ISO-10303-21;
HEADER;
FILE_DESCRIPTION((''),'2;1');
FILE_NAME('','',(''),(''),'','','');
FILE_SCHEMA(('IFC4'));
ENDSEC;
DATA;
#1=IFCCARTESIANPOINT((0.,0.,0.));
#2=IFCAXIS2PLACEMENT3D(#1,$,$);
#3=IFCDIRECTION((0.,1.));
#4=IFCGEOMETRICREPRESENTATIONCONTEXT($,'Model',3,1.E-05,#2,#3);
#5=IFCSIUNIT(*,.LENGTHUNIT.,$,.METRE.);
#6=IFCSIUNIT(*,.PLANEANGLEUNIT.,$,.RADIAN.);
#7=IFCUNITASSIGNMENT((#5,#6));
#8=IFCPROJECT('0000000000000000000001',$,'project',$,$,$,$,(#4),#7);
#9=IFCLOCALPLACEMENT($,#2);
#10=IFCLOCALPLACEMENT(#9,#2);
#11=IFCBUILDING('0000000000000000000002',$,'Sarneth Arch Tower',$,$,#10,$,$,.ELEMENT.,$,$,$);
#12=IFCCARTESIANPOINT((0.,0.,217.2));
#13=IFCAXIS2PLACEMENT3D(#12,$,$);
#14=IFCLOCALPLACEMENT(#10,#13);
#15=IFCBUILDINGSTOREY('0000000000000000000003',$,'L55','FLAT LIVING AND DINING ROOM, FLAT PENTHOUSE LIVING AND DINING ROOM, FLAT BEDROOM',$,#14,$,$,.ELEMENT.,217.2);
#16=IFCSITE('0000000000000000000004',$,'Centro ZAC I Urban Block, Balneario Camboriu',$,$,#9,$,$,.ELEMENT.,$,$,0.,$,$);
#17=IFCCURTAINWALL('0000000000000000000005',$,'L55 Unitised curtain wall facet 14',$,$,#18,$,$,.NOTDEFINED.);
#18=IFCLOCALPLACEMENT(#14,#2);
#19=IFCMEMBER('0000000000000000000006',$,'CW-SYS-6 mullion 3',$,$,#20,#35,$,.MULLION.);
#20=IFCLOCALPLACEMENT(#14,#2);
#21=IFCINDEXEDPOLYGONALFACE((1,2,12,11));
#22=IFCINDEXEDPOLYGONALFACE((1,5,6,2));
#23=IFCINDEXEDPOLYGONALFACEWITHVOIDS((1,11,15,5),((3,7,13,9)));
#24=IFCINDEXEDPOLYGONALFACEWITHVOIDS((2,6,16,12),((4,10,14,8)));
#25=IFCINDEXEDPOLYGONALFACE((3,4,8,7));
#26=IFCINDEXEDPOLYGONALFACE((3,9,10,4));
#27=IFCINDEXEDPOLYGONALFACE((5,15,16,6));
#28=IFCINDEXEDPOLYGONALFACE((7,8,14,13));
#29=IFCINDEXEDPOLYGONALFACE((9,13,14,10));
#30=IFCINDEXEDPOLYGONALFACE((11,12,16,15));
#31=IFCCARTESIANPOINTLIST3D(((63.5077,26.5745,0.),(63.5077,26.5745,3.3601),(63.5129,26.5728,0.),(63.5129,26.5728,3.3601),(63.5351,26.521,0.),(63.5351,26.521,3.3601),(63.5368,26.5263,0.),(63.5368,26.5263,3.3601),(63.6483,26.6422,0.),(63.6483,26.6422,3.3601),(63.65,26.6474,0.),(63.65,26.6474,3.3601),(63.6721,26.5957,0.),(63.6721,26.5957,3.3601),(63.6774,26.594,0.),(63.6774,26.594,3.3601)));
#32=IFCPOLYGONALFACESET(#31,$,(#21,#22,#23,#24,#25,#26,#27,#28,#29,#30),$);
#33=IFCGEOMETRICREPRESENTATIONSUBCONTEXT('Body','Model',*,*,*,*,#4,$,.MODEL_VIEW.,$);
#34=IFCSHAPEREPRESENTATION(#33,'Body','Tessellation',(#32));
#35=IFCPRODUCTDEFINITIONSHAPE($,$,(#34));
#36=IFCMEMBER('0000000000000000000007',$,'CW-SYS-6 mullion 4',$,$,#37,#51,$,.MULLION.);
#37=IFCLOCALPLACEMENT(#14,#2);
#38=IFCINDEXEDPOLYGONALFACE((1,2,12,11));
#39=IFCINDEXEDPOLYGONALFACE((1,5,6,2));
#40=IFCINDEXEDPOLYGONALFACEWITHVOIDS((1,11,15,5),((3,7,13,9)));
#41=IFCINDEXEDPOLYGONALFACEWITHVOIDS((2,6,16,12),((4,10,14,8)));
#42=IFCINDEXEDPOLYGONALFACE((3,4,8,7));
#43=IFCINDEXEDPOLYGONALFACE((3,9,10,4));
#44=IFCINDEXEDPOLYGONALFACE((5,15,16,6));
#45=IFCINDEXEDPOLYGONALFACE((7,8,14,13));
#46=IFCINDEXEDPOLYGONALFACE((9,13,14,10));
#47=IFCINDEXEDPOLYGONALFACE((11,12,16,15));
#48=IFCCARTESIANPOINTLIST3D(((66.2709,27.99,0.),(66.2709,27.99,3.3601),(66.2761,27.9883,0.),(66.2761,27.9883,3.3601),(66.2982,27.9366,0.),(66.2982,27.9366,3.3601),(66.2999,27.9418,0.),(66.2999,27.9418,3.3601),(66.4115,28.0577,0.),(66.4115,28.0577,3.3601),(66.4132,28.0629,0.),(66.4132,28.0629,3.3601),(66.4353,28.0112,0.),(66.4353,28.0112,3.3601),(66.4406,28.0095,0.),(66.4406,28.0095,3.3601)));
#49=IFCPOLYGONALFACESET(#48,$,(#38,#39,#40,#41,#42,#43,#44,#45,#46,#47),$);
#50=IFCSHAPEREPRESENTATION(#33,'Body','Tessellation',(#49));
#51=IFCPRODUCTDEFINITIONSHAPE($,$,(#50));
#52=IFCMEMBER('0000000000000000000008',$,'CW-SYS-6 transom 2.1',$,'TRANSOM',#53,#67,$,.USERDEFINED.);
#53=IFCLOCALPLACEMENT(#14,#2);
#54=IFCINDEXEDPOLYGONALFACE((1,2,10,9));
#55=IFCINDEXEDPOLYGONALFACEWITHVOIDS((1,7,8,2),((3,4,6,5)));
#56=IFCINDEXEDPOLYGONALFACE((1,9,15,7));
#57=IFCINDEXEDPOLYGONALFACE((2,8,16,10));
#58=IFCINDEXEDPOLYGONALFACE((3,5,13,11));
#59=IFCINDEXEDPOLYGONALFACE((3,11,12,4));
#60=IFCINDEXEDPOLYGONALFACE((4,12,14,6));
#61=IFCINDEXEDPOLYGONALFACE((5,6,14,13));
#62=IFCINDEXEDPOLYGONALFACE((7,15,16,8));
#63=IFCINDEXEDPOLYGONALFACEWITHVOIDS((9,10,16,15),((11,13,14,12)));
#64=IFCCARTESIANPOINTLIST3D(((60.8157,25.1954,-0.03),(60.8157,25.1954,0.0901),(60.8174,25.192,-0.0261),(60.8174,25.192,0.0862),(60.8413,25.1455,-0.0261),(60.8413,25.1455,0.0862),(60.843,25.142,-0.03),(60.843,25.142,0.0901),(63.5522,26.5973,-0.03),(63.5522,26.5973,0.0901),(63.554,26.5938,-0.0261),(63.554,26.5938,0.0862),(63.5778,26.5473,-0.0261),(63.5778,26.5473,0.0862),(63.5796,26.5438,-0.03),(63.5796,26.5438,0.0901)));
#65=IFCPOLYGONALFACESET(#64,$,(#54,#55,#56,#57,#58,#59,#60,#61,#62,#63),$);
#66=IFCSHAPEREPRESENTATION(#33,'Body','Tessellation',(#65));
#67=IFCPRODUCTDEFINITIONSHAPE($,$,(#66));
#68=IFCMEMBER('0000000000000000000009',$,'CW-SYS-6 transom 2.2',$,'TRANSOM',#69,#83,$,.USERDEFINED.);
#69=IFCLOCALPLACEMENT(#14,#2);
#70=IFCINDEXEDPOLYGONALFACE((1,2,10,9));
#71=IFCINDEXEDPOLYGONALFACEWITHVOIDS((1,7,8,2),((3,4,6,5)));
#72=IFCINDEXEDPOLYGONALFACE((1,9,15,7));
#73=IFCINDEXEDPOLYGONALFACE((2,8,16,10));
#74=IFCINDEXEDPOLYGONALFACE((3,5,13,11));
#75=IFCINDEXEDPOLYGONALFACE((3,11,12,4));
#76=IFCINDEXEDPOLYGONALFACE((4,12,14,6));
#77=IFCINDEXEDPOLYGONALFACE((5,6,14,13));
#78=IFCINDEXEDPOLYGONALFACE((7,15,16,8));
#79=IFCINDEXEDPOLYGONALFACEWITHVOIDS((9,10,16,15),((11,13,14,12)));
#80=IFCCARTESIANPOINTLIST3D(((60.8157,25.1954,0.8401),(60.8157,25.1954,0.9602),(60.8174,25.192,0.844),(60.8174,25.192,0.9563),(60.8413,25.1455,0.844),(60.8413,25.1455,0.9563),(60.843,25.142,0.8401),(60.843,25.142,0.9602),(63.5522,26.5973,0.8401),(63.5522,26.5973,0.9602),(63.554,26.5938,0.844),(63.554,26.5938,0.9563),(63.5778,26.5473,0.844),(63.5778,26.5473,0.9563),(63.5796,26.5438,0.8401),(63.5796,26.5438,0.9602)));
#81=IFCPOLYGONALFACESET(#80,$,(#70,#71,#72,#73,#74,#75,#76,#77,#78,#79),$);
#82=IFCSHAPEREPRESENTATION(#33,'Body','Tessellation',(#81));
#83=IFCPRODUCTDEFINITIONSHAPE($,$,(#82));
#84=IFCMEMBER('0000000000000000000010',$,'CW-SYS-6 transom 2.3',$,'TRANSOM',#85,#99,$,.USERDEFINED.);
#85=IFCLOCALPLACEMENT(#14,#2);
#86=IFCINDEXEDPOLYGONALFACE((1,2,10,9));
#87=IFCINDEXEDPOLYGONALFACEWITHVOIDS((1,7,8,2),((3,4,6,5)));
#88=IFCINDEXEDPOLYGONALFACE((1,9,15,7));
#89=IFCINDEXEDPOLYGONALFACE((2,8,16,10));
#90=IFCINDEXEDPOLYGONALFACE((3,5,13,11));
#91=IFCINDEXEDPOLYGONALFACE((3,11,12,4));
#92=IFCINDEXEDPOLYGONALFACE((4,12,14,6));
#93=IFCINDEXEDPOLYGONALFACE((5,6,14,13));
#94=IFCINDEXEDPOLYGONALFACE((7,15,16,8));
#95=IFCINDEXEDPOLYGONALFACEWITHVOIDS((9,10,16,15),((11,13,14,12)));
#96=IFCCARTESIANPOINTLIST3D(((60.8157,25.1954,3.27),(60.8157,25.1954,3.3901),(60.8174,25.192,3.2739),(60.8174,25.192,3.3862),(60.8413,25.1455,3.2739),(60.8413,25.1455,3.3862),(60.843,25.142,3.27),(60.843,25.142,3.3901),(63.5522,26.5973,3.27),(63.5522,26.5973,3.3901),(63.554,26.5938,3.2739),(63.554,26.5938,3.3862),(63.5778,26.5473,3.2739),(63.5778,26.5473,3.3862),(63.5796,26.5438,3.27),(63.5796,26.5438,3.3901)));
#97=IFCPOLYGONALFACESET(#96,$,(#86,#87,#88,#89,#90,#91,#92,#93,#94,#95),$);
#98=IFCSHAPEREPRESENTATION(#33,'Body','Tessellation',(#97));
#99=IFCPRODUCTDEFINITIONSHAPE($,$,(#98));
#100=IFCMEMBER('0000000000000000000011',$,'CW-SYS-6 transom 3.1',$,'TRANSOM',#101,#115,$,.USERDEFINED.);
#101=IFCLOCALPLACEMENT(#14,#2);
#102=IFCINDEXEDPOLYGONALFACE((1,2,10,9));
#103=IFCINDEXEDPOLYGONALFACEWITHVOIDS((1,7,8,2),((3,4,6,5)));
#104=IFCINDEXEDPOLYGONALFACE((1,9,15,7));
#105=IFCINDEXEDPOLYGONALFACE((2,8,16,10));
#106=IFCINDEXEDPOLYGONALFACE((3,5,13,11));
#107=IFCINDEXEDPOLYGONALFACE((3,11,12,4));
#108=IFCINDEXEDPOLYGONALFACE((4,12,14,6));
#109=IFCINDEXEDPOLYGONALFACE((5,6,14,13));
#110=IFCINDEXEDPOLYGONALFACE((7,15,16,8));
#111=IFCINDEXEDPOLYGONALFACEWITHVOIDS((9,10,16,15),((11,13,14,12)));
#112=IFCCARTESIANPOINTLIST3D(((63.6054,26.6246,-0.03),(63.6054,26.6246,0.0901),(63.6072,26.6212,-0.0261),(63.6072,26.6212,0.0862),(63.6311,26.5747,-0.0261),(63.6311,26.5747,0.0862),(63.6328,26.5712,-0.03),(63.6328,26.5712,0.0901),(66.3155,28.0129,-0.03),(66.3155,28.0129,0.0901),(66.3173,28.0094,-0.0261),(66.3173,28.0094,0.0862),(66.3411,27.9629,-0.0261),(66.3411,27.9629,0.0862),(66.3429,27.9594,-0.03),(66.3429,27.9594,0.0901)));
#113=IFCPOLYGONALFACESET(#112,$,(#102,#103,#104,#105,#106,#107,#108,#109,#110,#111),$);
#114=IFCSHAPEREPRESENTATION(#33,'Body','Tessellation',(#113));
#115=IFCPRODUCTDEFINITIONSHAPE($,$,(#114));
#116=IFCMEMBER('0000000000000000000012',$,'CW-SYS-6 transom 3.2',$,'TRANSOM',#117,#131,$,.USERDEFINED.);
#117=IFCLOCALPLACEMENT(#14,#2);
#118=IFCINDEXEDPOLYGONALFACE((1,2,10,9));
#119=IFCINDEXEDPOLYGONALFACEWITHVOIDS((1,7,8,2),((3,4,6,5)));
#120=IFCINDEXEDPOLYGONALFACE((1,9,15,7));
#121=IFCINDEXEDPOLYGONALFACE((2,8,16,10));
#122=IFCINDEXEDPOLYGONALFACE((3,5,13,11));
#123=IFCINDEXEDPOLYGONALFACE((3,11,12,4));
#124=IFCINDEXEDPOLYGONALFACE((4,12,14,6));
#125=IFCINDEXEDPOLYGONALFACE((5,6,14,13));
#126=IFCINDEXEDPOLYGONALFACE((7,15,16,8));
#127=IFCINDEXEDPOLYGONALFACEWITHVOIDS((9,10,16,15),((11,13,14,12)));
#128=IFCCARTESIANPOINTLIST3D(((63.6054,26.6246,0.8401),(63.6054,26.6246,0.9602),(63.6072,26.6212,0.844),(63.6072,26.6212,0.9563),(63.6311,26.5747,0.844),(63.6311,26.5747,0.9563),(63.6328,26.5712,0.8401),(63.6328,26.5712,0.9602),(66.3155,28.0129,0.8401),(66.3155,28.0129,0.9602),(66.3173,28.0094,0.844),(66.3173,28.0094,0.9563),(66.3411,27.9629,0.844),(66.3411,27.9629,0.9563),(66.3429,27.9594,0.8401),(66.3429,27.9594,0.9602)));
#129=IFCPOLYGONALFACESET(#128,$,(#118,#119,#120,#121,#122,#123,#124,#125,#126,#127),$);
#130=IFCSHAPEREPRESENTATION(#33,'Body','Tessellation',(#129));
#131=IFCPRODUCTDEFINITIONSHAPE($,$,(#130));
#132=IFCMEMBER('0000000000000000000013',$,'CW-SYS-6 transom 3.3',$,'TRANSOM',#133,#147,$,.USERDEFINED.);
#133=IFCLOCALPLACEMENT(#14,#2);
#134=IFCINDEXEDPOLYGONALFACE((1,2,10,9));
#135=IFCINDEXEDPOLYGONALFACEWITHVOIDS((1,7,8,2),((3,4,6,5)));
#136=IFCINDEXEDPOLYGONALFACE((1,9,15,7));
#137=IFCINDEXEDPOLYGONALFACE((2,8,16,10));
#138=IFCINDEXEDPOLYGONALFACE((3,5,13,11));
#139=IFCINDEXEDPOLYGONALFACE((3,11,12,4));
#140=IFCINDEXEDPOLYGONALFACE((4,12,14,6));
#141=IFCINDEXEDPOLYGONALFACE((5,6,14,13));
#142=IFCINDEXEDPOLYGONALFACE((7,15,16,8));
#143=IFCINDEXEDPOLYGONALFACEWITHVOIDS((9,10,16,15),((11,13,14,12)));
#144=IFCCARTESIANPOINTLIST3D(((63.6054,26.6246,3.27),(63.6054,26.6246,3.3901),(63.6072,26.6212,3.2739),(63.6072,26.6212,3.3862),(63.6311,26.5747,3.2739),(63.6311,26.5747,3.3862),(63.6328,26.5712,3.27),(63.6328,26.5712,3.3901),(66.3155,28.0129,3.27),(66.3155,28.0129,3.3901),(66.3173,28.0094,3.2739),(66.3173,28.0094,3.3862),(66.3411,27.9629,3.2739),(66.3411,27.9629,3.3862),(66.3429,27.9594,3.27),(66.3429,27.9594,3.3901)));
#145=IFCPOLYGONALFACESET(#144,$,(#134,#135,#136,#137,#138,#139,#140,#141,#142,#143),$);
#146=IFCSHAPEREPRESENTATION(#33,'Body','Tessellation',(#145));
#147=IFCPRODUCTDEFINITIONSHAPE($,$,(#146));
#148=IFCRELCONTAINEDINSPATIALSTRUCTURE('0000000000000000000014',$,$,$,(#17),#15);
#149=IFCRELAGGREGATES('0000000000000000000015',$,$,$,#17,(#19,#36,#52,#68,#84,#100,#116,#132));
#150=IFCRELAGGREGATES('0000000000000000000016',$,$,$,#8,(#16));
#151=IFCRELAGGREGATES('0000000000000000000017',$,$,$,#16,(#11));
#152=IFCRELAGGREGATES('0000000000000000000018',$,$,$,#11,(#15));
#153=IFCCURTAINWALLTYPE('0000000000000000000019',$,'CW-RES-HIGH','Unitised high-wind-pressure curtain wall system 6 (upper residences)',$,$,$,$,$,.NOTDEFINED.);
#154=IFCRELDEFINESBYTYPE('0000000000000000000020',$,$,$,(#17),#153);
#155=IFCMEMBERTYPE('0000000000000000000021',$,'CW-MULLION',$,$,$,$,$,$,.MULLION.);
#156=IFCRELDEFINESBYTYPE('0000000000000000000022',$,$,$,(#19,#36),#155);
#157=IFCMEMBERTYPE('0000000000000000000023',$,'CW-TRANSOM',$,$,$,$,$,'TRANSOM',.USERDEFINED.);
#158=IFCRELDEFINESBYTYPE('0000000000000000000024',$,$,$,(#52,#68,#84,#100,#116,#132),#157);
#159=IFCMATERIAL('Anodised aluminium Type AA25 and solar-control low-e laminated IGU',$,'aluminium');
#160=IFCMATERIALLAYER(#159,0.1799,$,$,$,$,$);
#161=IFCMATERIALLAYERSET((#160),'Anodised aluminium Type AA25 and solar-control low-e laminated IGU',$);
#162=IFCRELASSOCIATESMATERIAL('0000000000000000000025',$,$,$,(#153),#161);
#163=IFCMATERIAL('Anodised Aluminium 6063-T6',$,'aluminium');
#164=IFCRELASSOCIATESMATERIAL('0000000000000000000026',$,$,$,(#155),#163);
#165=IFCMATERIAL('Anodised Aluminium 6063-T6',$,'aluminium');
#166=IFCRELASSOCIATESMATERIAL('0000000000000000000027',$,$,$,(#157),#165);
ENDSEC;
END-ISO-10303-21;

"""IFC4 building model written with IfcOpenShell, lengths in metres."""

from ifc_helpers import new_model, si_unit, direction, frame, origin, origin_2d, place, context, subcontext, project, spatial, hollow_rectangle, extrude, material, layer, layer_set, material_profile, profile_set, type_object, element, aggregate, save


model = new_model("IFC4")

# Units and contexts
model_context = context("Model", 3, precision=1e-05, world=origin(), true_north=direction((0.0, 1.0)))
body_context = subcontext(model_context, "Body", "Model", "MODEL_VIEW")
ifc_project = project(units=[si_unit("LENGTHUNIT", "METRE"), si_unit("PLANEANGLEUNIT", "RADIAN")], contexts=[model_context])

# Site, building, storey
site_placement = place(None, origin())
site = spatial("IfcSite", under=ifc_project, at=site_placement, Name="Centro ZAC I Urban Block, Balneario Camboriu", CompositionType="ELEMENT", RefElevation=0.0)
building_placement = place(site_placement, origin())
building = spatial("IfcBuilding", under=site, at=building_placement, Name="Sarneth Arch Tower", CompositionType="ELEMENT")
storey_placement = place(building_placement, frame((0.0, 0.0, 217.2)))
storey = spatial("IfcBuildingStorey", under=building, at=storey_placement, Name="L55", Description="FLAT LIVING AND DINING ROOM, FLAT PENTHOUSE LIVING AND DINING ROOM, FLAT BEDROOM", CompositionType="ELEMENT", Elevation=217.2)

# Curtain wall, members
ifc_material_1 = material(Name="Anodised aluminium Type AA25 and solar-control low-e laminated IGU", Category="aluminium")
ifc_layer_1 = layer(ifc_material_1, 0.1799)
ifc_layer_set_1 = layer_set([ifc_layer_1], Name="Anodised aluminium Type AA25 and solar-control low-e laminated IGU")
curtain_wall_type = type_object("IfcCurtainWallType", Name="CW-RES-HIGH", Description="Unitised high-wind-pressure curtain wall system 6 (upper residences)", PredefinedType="NOTDEFINED", material=ifc_layer_set_1)
curtain_wall_placement = place(storey_placement, origin())
curtain_wall = element("IfcCurtainWall", 1, at=curtain_wall_placement, inside=storey, type_object=curtain_wall_type, Name="L55 Unitised curtain wall facet 14", PredefinedType="NOTDEFINED")
ifc_material_2 = material(Name="Anodised Aluminium 6063-T6", Category="aluminium")
ifc_material_profile_1 = material_profile(ifc_material_2, hollow_rectangle(XDim=0.0601, YDim=0.1599, WallThickness=0.0039, at=origin_2d()), Name="AL-MULL-160x60x4")
ifc_profile_set_1 = profile_set([ifc_material_profile_1], Name="Anodised Aluminium 6063-T6")
member_type_1 = type_object("IfcMemberType", Name="CW-MULLION", PredefinedType="MULLION", material=ifc_profile_set_1)
member_1_placement = place(storey_placement, frame((63.5925, 26.5842, 0.0), z_axis=(0.0, 0.0, 1.0), x_axis=(-0.455942, 0.89001, 0.0)))
member_1 = element("IfcMember", 2, at=member_1_placement, type_object=member_type_1, Name="CW-SYS-6 mullion 3", PredefinedType="MULLION", context=body_context, shape_type="SweptSolid", body=[
    extrude(hollow_rectangle(XDim=0.0601, YDim=0.1599, WallThickness=0.0039, at=origin_2d()), origin(), (0.0, 0.0, 1.0), 3.3601),
])
member_2_placement = place(storey_placement, frame((66.3557, 27.9998, 0.0), z_axis=(0.0, 0.0, 1.0), x_axis=(-0.455942, 0.89001, 0.0)))
member_2 = element("IfcMember", 3, at=member_2_placement, type_object=member_type_1, Name="CW-SYS-6 mullion 4", PredefinedType="MULLION", context=body_context, shape_type="SweptSolid", body=[
    extrude(hollow_rectangle(XDim=0.0601, YDim=0.1599, WallThickness=0.0039, at=origin_2d()), origin(), (0.0, 0.0, 1.0), 3.3601),
])
ifc_material_3 = material(Name="Anodised Aluminium 6063-T6", Category="aluminium")
ifc_material_profile_2 = material_profile(ifc_material_3, hollow_rectangle(XDim=0.0601, YDim=0.1201, WallThickness=0.0039, at=origin_2d()), Name="AL-TRAN-120x60x4")
ifc_profile_set_2 = profile_set([ifc_material_profile_2], Name="Anodised Aluminium 6063-T6")
member_type_2 = type_object("IfcMemberType", Name="CW-TRANSOM", ElementType="TRANSOM", PredefinedType="USERDEFINED", material=ifc_profile_set_2)
member_3_placement = place(storey_placement, frame((60.8293, 25.1687, 0.03), z_axis=(0.890017, 0.455926, 0.0), x_axis=(-0.455926, 0.890017, 0.0)))
member_3 = element("IfcMember", 4, at=member_3_placement, type_object=member_type_2, Name="CW-SYS-6 transom 2.1", ObjectType="TRANSOM", PredefinedType="USERDEFINED", context=body_context, shape_type="SweptSolid", body=[
    extrude(hollow_rectangle(XDim=0.0601, YDim=0.1201, WallThickness=0.0039, at=origin_2d()), origin(), (0.0, 0.0, 1.0), 3.0747),
])
member_4_placement = place(storey_placement, frame((60.8293, 25.1687, 0.9001), z_axis=(0.890017, 0.455926, 0.0), x_axis=(-0.455926, 0.890017, 0.0)))
member_4 = element("IfcMember", 5, at=member_4_placement, type_object=member_type_2, Name="CW-SYS-6 transom 2.2", ObjectType="TRANSOM", PredefinedType="USERDEFINED", context=body_context, shape_type="SweptSolid", body=[
    extrude(hollow_rectangle(XDim=0.0601, YDim=0.1201, WallThickness=0.0039, at=origin_2d()), origin(), (0.0, 0.0, 1.0), 3.0747),
])
member_5_placement = place(storey_placement, frame((60.8293, 25.1687, 3.3301), z_axis=(0.890017, 0.455926, 0.0), x_axis=(-0.455926, 0.890017, 0.0)))
member_5 = element("IfcMember", 6, at=member_5_placement, type_object=member_type_2, Name="CW-SYS-6 transom 2.3", ObjectType="TRANSOM", PredefinedType="USERDEFINED", context=body_context, shape_type="SweptSolid", body=[
    extrude(hollow_rectangle(XDim=0.0601, YDim=0.1201, WallThickness=0.0039, at=origin_2d()), origin(), (0.0, 0.0, 1.0), 3.0747),
])
member_6_placement = place(storey_placement, frame((63.6191, 26.5979, 0.03), z_axis=(0.890023, 0.455916, 0.0), x_axis=(-0.455916, 0.890023, 0.0)))
member_6 = element("IfcMember", 7, at=member_6_placement, type_object=member_type_2, Name="CW-SYS-6 transom 3.1", ObjectType="TRANSOM", PredefinedType="USERDEFINED", context=body_context, shape_type="SweptSolid", body=[
    extrude(hollow_rectangle(XDim=0.0601, YDim=0.1201, WallThickness=0.0039, at=origin_2d()), origin(), (0.0, 0.0, 1.0), 3.0449),
])
member_7_placement = place(storey_placement, frame((63.6191, 26.5979, 0.9001), z_axis=(0.890023, 0.455916, 0.0), x_axis=(-0.455916, 0.890023, 0.0)))
member_7 = element("IfcMember", 8, at=member_7_placement, type_object=member_type_2, Name="CW-SYS-6 transom 3.2", ObjectType="TRANSOM", PredefinedType="USERDEFINED", context=body_context, shape_type="SweptSolid", body=[
    extrude(hollow_rectangle(XDim=0.0601, YDim=0.1201, WallThickness=0.0039, at=origin_2d()), origin(), (0.0, 0.0, 1.0), 3.0449),
])
member_8_placement = place(storey_placement, frame((63.6191, 26.5979, 3.3301), z_axis=(0.890023, 0.455916, 0.0), x_axis=(-0.455916, 0.890023, 0.0)))
member_8 = element("IfcMember", 9, at=member_8_placement, type_object=member_type_2, Name="CW-SYS-6 transom 3.3", ObjectType="TRANSOM", PredefinedType="USERDEFINED", context=body_context, shape_type="SweptSolid", body=[
    extrude(hollow_rectangle(XDim=0.0601, YDim=0.1201, WallThickness=0.0039, at=origin_2d()), origin(), (0.0, 0.0, 1.0), 3.0449),
])

aggregate(curtain_wall, [member_1, member_2, member_3, member_4, member_5, member_6, member_7, member_8])

save(model, "model.ifc")
